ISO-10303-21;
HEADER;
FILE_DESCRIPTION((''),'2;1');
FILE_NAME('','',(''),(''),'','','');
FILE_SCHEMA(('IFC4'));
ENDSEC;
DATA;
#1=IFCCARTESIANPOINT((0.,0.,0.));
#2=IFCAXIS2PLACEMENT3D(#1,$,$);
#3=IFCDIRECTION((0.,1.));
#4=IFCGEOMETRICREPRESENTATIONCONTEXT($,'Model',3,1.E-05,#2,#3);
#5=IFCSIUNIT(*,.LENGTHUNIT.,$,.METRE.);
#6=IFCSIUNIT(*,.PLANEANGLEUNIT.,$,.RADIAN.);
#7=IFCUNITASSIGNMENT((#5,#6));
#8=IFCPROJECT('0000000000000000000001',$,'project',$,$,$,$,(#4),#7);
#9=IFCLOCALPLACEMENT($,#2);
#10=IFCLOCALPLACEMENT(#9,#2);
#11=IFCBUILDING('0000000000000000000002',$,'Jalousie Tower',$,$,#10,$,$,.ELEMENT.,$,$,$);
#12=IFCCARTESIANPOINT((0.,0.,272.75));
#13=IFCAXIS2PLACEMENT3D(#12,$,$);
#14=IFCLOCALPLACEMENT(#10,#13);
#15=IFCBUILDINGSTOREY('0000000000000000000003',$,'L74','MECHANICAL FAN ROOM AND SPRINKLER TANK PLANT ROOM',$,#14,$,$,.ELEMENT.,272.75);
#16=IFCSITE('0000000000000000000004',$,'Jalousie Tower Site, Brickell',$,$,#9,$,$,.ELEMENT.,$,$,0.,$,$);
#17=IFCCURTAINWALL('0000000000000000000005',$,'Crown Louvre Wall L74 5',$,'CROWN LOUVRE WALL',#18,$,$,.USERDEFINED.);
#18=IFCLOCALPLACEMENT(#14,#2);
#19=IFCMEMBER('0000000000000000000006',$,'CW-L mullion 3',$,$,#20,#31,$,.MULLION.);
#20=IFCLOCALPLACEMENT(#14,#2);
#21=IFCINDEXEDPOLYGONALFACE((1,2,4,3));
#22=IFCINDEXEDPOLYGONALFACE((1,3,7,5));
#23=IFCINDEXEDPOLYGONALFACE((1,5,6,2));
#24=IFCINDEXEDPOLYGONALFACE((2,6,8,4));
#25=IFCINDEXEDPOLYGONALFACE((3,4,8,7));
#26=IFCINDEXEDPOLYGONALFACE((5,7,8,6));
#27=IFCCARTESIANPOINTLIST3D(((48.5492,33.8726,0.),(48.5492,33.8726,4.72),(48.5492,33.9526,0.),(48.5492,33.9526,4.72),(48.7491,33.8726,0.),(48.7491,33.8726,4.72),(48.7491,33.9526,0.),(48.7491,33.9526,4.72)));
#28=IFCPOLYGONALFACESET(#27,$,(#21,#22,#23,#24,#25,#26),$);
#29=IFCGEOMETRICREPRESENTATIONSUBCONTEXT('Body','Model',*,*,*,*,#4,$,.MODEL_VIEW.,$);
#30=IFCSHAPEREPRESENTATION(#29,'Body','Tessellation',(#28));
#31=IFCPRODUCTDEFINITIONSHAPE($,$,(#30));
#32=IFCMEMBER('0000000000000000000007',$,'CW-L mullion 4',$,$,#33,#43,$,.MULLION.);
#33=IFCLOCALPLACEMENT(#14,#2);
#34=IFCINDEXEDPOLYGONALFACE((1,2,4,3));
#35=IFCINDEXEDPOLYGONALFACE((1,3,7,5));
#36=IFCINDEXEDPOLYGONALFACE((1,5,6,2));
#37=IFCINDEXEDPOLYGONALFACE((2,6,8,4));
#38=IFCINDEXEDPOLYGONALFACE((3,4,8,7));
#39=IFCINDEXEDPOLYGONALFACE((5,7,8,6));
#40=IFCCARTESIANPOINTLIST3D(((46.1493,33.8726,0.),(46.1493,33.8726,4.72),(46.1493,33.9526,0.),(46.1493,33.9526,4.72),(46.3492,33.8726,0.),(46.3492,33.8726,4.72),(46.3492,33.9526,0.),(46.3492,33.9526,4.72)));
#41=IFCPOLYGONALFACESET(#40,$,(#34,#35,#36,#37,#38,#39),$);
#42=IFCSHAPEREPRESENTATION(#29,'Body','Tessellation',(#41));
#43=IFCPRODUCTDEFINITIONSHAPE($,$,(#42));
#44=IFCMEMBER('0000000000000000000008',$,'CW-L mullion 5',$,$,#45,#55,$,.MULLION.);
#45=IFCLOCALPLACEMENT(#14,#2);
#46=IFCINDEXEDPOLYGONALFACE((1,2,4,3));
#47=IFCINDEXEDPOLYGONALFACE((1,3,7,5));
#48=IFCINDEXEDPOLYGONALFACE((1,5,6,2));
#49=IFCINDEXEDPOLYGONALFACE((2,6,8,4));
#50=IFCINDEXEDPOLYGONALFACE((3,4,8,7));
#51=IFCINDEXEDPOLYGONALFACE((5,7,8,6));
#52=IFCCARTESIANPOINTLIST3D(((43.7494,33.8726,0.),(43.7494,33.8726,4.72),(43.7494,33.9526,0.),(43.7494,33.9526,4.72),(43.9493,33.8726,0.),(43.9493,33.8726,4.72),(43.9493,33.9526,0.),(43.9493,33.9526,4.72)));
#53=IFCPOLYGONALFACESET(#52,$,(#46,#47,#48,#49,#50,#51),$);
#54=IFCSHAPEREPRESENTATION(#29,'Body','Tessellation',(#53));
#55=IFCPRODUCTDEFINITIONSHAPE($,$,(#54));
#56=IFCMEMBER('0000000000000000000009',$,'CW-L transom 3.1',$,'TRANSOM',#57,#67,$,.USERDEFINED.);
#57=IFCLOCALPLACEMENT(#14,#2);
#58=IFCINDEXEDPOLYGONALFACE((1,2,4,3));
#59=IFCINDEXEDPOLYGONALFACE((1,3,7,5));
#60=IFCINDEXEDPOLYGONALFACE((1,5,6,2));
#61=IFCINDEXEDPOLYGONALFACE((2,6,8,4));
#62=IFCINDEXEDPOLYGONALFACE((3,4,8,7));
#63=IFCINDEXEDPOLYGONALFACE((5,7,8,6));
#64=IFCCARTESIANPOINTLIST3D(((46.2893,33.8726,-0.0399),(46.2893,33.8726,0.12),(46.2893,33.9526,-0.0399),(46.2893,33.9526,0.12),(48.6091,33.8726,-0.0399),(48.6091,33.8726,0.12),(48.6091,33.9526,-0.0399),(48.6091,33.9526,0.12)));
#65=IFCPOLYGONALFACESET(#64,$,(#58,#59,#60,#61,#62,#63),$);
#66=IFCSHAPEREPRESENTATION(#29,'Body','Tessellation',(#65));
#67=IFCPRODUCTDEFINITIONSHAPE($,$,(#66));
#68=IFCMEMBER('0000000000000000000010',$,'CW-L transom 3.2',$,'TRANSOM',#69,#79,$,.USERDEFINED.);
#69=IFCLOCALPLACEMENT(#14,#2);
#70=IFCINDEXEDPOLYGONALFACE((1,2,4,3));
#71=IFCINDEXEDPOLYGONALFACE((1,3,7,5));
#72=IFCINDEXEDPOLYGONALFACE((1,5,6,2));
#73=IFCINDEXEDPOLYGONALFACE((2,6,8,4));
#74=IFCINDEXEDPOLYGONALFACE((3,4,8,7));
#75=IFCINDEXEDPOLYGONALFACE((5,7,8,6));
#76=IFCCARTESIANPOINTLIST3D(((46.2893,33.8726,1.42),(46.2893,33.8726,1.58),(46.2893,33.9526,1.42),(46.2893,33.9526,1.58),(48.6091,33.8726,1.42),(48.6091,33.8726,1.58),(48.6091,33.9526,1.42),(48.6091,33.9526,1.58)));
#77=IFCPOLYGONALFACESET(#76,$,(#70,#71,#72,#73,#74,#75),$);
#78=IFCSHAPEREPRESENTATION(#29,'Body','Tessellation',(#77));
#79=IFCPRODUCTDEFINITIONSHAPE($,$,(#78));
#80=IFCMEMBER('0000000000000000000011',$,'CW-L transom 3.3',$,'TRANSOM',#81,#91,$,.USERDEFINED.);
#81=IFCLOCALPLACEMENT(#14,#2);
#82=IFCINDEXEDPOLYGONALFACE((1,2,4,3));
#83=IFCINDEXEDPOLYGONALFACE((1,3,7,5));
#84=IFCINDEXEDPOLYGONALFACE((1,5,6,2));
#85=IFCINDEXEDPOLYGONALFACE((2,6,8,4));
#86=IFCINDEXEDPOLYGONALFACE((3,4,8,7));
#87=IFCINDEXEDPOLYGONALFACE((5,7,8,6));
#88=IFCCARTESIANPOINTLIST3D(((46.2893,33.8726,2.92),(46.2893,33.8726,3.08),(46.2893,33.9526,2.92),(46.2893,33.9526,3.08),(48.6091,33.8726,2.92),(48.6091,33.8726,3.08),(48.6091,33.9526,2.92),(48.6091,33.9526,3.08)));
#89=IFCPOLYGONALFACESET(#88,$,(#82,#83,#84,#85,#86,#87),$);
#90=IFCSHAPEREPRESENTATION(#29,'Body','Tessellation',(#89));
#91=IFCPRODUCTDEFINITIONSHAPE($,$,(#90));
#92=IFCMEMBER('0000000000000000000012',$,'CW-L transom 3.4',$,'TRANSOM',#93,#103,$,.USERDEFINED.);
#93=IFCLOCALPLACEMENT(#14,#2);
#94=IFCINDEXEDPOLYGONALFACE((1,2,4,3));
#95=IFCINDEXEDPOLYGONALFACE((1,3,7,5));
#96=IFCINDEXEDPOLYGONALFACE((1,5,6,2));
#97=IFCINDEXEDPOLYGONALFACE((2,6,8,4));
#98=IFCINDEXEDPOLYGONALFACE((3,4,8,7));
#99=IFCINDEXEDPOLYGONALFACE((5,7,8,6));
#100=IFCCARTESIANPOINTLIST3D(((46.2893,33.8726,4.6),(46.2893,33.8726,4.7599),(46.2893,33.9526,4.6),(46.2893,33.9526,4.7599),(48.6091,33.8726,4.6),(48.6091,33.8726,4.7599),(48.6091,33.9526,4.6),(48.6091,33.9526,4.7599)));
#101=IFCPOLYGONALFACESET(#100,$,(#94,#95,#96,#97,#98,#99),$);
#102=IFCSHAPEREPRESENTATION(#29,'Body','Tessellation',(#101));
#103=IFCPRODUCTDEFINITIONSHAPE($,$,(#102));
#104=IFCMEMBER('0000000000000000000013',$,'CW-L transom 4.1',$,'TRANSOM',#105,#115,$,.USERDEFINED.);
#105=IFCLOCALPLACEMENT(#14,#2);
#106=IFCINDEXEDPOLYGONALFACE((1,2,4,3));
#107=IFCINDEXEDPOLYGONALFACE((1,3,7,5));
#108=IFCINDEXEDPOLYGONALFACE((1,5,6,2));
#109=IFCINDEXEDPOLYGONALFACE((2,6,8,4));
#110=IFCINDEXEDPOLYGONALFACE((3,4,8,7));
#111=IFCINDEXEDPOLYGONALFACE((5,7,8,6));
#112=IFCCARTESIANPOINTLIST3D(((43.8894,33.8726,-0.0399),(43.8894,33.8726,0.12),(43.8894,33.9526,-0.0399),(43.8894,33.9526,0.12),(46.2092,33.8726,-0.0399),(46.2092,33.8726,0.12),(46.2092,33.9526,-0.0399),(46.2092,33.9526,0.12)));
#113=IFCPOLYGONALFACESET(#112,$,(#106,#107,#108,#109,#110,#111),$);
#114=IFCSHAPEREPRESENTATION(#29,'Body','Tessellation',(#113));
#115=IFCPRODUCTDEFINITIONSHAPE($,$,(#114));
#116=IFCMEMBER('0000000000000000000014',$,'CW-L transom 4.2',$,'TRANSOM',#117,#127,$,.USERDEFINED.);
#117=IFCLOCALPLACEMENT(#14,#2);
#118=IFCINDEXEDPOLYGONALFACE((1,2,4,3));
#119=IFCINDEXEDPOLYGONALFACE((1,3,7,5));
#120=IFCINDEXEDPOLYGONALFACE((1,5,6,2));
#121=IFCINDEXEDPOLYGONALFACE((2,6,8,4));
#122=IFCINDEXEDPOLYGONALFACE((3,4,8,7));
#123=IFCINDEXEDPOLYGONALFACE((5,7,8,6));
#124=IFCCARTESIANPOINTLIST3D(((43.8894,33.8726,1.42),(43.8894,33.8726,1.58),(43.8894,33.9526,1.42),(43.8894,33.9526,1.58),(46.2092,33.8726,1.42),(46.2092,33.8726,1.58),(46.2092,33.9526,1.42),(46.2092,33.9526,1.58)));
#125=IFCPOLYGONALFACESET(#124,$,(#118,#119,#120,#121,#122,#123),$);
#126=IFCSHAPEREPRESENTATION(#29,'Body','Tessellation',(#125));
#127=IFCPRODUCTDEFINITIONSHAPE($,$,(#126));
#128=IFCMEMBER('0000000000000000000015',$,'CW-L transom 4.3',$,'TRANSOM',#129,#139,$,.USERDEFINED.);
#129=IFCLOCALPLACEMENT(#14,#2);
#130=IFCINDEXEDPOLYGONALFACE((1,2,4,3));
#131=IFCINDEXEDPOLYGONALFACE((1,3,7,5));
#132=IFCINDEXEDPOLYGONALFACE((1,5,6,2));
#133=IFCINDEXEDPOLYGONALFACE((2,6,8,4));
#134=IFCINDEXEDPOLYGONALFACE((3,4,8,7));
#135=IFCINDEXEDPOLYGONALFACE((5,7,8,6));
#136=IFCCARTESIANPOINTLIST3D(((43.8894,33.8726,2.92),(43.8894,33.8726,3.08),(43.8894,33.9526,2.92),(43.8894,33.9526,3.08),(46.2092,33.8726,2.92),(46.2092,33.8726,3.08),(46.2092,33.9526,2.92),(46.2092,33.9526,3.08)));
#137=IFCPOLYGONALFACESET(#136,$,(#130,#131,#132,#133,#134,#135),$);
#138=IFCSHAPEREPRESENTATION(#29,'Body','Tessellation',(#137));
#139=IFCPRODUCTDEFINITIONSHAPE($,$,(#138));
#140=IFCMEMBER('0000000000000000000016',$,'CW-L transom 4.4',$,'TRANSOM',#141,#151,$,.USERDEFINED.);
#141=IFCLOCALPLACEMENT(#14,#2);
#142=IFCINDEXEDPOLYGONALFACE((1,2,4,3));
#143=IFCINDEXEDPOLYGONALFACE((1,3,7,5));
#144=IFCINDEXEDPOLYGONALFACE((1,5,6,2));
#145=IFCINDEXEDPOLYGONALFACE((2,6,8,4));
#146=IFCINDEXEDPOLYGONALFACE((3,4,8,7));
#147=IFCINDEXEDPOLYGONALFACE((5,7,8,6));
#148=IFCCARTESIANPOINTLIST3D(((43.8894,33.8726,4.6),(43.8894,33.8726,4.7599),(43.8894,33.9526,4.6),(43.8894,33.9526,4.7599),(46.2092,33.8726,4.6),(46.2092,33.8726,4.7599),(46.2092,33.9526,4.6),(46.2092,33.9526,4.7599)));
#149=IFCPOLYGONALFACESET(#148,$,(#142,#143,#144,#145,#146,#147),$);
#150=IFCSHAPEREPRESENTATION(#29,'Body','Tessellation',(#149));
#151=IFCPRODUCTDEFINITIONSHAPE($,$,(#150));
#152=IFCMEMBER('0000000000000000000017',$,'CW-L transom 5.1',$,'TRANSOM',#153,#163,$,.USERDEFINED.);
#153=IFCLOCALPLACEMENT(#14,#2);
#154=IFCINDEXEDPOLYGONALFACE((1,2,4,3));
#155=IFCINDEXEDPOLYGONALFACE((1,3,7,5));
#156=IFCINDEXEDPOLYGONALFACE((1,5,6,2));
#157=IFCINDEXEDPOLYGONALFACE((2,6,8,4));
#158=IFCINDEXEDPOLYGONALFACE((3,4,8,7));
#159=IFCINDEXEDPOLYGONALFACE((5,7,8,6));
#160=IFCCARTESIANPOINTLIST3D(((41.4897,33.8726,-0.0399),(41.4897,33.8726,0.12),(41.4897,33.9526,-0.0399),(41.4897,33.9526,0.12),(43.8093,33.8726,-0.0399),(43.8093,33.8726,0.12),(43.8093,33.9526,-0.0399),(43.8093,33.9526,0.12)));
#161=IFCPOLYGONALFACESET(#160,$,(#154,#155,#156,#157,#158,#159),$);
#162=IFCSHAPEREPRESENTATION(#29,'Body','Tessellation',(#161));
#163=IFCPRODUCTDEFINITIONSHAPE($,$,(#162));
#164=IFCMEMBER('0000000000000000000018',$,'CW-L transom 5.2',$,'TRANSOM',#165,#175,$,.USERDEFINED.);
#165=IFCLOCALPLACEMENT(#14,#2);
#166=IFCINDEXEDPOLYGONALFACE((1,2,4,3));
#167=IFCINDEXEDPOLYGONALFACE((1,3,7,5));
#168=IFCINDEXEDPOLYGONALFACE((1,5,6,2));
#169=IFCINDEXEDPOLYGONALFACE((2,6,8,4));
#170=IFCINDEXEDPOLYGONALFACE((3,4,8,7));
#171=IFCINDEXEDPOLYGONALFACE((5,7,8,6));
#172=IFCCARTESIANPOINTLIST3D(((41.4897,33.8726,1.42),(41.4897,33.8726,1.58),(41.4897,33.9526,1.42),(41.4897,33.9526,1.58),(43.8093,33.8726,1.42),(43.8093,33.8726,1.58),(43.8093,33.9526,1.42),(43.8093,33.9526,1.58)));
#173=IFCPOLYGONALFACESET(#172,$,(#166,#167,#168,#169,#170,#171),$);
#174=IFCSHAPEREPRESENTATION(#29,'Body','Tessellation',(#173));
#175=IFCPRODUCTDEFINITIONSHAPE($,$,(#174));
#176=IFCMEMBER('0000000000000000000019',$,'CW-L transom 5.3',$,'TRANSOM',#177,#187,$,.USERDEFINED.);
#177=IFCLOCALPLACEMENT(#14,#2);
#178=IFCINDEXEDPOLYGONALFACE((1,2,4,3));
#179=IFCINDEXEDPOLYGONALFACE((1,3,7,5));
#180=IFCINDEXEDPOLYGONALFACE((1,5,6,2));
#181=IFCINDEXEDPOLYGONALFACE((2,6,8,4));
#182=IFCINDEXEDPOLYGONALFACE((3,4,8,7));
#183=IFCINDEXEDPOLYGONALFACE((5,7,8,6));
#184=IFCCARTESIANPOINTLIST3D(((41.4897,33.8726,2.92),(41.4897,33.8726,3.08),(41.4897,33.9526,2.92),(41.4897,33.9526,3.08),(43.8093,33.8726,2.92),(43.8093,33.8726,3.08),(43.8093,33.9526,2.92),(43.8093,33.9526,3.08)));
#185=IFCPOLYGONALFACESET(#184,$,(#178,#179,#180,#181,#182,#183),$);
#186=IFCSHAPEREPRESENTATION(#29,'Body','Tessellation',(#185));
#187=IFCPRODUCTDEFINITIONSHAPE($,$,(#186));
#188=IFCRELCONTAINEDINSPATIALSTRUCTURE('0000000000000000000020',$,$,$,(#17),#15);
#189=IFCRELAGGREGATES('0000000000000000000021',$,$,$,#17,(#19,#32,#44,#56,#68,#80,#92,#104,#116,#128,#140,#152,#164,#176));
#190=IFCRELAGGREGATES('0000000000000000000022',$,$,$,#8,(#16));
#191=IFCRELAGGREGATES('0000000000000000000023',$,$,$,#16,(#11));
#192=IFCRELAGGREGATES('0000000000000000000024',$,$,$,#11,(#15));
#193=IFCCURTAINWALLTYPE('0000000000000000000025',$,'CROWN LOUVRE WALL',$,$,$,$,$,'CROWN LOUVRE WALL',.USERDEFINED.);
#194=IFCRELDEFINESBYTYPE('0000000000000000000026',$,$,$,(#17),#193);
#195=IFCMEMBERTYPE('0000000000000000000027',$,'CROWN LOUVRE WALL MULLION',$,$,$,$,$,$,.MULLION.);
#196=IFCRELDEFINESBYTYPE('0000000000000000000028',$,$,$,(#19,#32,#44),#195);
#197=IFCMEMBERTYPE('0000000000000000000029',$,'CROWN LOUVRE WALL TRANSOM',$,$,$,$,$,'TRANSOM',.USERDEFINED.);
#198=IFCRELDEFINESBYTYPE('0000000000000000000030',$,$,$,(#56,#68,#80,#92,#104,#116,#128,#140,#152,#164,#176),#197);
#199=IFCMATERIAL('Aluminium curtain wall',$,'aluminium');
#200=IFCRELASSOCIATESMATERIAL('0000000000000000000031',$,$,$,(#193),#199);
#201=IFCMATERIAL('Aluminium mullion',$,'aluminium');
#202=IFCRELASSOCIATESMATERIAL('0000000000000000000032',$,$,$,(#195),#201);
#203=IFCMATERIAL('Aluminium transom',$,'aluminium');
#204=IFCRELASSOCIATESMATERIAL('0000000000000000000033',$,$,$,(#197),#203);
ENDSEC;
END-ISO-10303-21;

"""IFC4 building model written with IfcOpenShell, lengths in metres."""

from ifc_helpers import new_model, si_unit, direction, frame, origin, origin_2d, place, context, subcontext, project, spatial, rectangle, extrude, material, material_profile, profile_set, type_object, element, aggregate, save


model = new_model("IFC4")

# Units and contexts
model_context = context("Model", 3, precision=1e-05, world=origin(), true_north=direction((0.0, 1.0)))
body_context = subcontext(model_context, "Body", "Model", "MODEL_VIEW")
ifc_project = project(units=[si_unit("LENGTHUNIT", "METRE"), si_unit("PLANEANGLEUNIT", "RADIAN")], contexts=[model_context])

# Site, building, storey
site_placement = place(None, origin())
site = spatial("IfcSite", under=ifc_project, at=site_placement, Name="Jalousie Tower Site, Brickell", CompositionType="ELEMENT", RefElevation=0.0)
building_placement = place(site_placement, origin())
building = spatial("IfcBuilding", under=site, at=building_placement, Name="Jalousie Tower", CompositionType="ELEMENT")
storey_placement = place(building_placement, frame((0.0, 0.0, 272.75)))
storey = spatial("IfcBuildingStorey", under=building, at=storey_placement, Name="L74", Description="MECHANICAL FAN ROOM AND SPRINKLER TANK PLANT ROOM", CompositionType="ELEMENT", Elevation=272.75)

# Curtain wall, members
ifc_material_1 = material(Name="Aluminium curtain wall", Category="aluminium")
curtain_wall_type = type_object("IfcCurtainWallType", Name="CROWN LOUVRE WALL", ElementType="CROWN LOUVRE WALL", PredefinedType="USERDEFINED", material=ifc_material_1)
curtain_wall_placement = place(storey_placement, origin())
curtain_wall = element("IfcCurtainWall", 1, at=curtain_wall_placement, inside=storey, type_object=curtain_wall_type, Name="Crown Louvre Wall L74 5", ObjectType="CROWN LOUVRE WALL", PredefinedType="USERDEFINED")
ifc_material_2 = material(Name="Aluminium mullion", Category="aluminium")
ifc_material_profile_1 = material_profile(ifc_material_2, rectangle(XDim=0.0801, YDim=0.2, at=origin_2d()), Name="MULLION 80x200")
ifc_profile_set_1 = profile_set([ifc_material_profile_1], Name="Aluminium mullion")
member_type_1 = type_object("IfcMemberType", Name="CROWN LOUVRE WALL MULLION", PredefinedType="MULLION", material=ifc_profile_set_1)
member_1_placement = place(storey_placement, frame((48.6492, 33.9126, 0.0), z_axis=(0.0, 0.0, 1.0), x_axis=(0.0, -1.0, 0.0)))
member_1 = element("IfcMember", 2, at=member_1_placement, type_object=member_type_1, Name="CW-L mullion 3", PredefinedType="MULLION", context=body_context, shape_type="SweptSolid", body=[
    extrude(rectangle(XDim=0.0801, YDim=0.2, at=origin_2d()), origin(), (0.0, 0.0, 1.0), 4.72),
])
member_2_placement = place(storey_placement, frame((46.2493, 33.9126, 0.0), z_axis=(0.0, 0.0, 1.0), x_axis=(0.0, -1.0, 0.0)))
member_2 = element("IfcMember", 3, at=member_2_placement, type_object=member_type_1, Name="CW-L mullion 4", PredefinedType="MULLION", context=body_context, shape_type="SweptSolid", body=[
    extrude(rectangle(XDim=0.0801, YDim=0.2, at=origin_2d()), origin(), (0.0, 0.0, 1.0), 4.72),
])
member_3_placement = place(storey_placement, frame((43.8494, 33.9126, 0.0), z_axis=(0.0, 0.0, 1.0), x_axis=(0.0, -1.0, 0.0)))
member_3 = element("IfcMember", 4, at=member_3_placement, type_object=member_type_1, Name="CW-L mullion 5", PredefinedType="MULLION", context=body_context, shape_type="SweptSolid", body=[
    extrude(rectangle(XDim=0.0801, YDim=0.2, at=origin_2d()), origin(), (0.0, 0.0, 1.0), 4.72),
])
ifc_material_3 = material(Name="Aluminium transom", Category="aluminium")
ifc_material_profile_2 = material_profile(ifc_material_3, rectangle(XDim=0.0801, YDim=0.1599, at=origin_2d()), Name="TRANSOM 80x160")
ifc_profile_set_2 = profile_set([ifc_material_profile_2], Name="Aluminium transom")
member_type_2 = type_object("IfcMemberType", Name="CROWN LOUVRE WALL TRANSOM", ElementType="TRANSOM", PredefinedType="USERDEFINED", material=ifc_profile_set_2)
member_4_placement = place(storey_placement, frame((48.6091, 33.9126, 0.04), z_axis=(-1.0, 0.0, 0.0), x_axis=(0.0, -1.0, 0.0)))
member_4 = element("IfcMember", 5, at=member_4_placement, type_object=member_type_2, Name="CW-L transom 3.1", ObjectType="TRANSOM", PredefinedType="USERDEFINED", context=body_context, shape_type="SweptSolid", body=[
    extrude(rectangle(XDim=0.0801, YDim=0.1599, at=origin_2d()), origin(), (0.0, 0.0, 1.0), 2.3198),
])
member_5_placement = place(storey_placement, frame((48.6091, 33.9126, 1.5), z_axis=(-1.0, 0.0, 0.0), x_axis=(0.0, -1.0, 0.0)))
member_5 = element("IfcMember", 6, at=member_5_placement, type_object=member_type_2, Name="CW-L transom 3.2", ObjectType="TRANSOM", PredefinedType="USERDEFINED", context=body_context, shape_type="SweptSolid", body=[
    extrude(rectangle(XDim=0.0801, YDim=0.1599, at=origin_2d()), origin(), (0.0, 0.0, 1.0), 2.3198),
])
member_6_placement = place(storey_placement, frame((48.6091, 33.9126, 3.0), z_axis=(-1.0, 0.0, 0.0), x_axis=(0.0, -1.0, 0.0)))
member_6 = element("IfcMember", 7, at=member_6_placement, type_object=member_type_2, Name="CW-L transom 3.3", ObjectType="TRANSOM", PredefinedType="USERDEFINED", context=body_context, shape_type="SweptSolid", body=[
    extrude(rectangle(XDim=0.0801, YDim=0.1599, at=origin_2d()), origin(), (0.0, 0.0, 1.0), 2.3198),
])
member_7_placement = place(storey_placement, frame((48.6091, 33.9126, 4.6799), z_axis=(-1.0, 0.0, 0.0), x_axis=(0.0, -1.0, 0.0)))
member_7 = element("IfcMember", 8, at=member_7_placement, type_object=member_type_2, Name="CW-L transom 3.4", ObjectType="TRANSOM", PredefinedType="USERDEFINED", context=body_context, shape_type="SweptSolid", body=[
    extrude(rectangle(XDim=0.0801, YDim=0.1599, at=origin_2d()), origin(), (0.0, 0.0, 1.0), 2.3198),
])
member_8_placement = place(storey_placement, frame((46.2092, 33.9126, 0.04), z_axis=(-1.0, 0.0, 0.0), x_axis=(0.0, -1.0, 0.0)))
member_8 = element("IfcMember", 9, at=member_8_placement, type_object=member_type_2, Name="CW-L transom 4.1", ObjectType="TRANSOM", PredefinedType="USERDEFINED", context=body_context, shape_type="SweptSolid", body=[
    extrude(rectangle(XDim=0.0801, YDim=0.1599, at=origin_2d()), origin(), (0.0, 0.0, 1.0), 2.3198),
])
member_9_placement = place(storey_placement, frame((46.2092, 33.9126, 1.5), z_axis=(-1.0, 0.0, 0.0), x_axis=(0.0, -1.0, 0.0)))
member_9 = element("IfcMember", 10, at=member_9_placement, type_object=member_type_2, Name="CW-L transom 4.2", ObjectType="TRANSOM", PredefinedType="USERDEFINED", context=body_context, shape_type="SweptSolid", body=[
    extrude(rectangle(XDim=0.0801, YDim=0.1599, at=origin_2d()), origin(), (0.0, 0.0, 1.0), 2.3198),
])
member_10_placement = place(storey_placement, frame((46.2092, 33.9126, 3.0), z_axis=(-1.0, 0.0, 0.0), x_axis=(0.0, -1.0, 0.0)))
member_10 = element("IfcMember", 11, at=member_10_placement, type_object=member_type_2, Name="CW-L transom 4.3", ObjectType="TRANSOM", PredefinedType="USERDEFINED", context=body_context, shape_type="SweptSolid", body=[
    extrude(rectangle(XDim=0.0801, YDim=0.1599, at=origin_2d()), origin(), (0.0, 0.0, 1.0), 2.3198),
])
member_11_placement = place(storey_placement, frame((46.2092, 33.9126, 4.6799), z_axis=(-1.0, 0.0, 0.0), x_axis=(0.0, -1.0, 0.0)))
member_11 = element("IfcMember", 12, at=member_11_placement, type_object=member_type_2, Name="CW-L transom 4.4", ObjectType="TRANSOM", PredefinedType="USERDEFINED", context=body_context, shape_type="SweptSolid", body=[
    extrude(rectangle(XDim=0.0801, YDim=0.1599, at=origin_2d()), origin(), (0.0, 0.0, 1.0), 2.3198),
])
member_12_placement = place(storey_placement, frame((43.8093, 33.9126, 0.04), z_axis=(-1.0, 0.0, 0.0), x_axis=(0.0, -1.0, 0.0)))
member_12 = element("IfcMember", 13, at=member_12_placement, type_object=member_type_2, Name="CW-L transom 5.1", ObjectType="TRANSOM", PredefinedType="USERDEFINED", context=body_context, shape_type="SweptSolid", body=[
    extrude(rectangle(XDim=0.0801, YDim=0.1599, at=origin_2d()), origin(), (0.0, 0.0, 1.0), 2.3196),
])
member_13_placement = place(storey_placement, frame((43.8093, 33.9126, 1.5), z_axis=(-1.0, 0.0, 0.0), x_axis=(0.0, -1.0, 0.0)))
member_13 = element("IfcMember", 14, at=member_13_placement, type_object=member_type_2, Name="CW-L transom 5.2", ObjectType="TRANSOM", PredefinedType="USERDEFINED", context=body_context, shape_type="SweptSolid", body=[
    extrude(rectangle(XDim=0.0801, YDim=0.1599, at=origin_2d()), origin(), (0.0, 0.0, 1.0), 2.3196),
])
member_14_placement = place(storey_placement, frame((43.8093, 33.9126, 3.0), z_axis=(-1.0, 0.0, 0.0), x_axis=(0.0, -1.0, 0.0)))
member_14 = element("IfcMember", 15, at=member_14_placement, type_object=member_type_2, Name="CW-L transom 5.3", ObjectType="TRANSOM", PredefinedType="USERDEFINED", context=body_context, shape_type="SweptSolid", body=[
    extrude(rectangle(XDim=0.0801, YDim=0.1599, at=origin_2d()), origin(), (0.0, 0.0, 1.0), 2.3196),
])
aggregate(curtain_wall, [member_1, member_2, member_3, member_4, member_5, member_6, member_7, member_8, member_9, member_10, member_11, member_12, member_13, member_14])

save(model, "model.ifc")
